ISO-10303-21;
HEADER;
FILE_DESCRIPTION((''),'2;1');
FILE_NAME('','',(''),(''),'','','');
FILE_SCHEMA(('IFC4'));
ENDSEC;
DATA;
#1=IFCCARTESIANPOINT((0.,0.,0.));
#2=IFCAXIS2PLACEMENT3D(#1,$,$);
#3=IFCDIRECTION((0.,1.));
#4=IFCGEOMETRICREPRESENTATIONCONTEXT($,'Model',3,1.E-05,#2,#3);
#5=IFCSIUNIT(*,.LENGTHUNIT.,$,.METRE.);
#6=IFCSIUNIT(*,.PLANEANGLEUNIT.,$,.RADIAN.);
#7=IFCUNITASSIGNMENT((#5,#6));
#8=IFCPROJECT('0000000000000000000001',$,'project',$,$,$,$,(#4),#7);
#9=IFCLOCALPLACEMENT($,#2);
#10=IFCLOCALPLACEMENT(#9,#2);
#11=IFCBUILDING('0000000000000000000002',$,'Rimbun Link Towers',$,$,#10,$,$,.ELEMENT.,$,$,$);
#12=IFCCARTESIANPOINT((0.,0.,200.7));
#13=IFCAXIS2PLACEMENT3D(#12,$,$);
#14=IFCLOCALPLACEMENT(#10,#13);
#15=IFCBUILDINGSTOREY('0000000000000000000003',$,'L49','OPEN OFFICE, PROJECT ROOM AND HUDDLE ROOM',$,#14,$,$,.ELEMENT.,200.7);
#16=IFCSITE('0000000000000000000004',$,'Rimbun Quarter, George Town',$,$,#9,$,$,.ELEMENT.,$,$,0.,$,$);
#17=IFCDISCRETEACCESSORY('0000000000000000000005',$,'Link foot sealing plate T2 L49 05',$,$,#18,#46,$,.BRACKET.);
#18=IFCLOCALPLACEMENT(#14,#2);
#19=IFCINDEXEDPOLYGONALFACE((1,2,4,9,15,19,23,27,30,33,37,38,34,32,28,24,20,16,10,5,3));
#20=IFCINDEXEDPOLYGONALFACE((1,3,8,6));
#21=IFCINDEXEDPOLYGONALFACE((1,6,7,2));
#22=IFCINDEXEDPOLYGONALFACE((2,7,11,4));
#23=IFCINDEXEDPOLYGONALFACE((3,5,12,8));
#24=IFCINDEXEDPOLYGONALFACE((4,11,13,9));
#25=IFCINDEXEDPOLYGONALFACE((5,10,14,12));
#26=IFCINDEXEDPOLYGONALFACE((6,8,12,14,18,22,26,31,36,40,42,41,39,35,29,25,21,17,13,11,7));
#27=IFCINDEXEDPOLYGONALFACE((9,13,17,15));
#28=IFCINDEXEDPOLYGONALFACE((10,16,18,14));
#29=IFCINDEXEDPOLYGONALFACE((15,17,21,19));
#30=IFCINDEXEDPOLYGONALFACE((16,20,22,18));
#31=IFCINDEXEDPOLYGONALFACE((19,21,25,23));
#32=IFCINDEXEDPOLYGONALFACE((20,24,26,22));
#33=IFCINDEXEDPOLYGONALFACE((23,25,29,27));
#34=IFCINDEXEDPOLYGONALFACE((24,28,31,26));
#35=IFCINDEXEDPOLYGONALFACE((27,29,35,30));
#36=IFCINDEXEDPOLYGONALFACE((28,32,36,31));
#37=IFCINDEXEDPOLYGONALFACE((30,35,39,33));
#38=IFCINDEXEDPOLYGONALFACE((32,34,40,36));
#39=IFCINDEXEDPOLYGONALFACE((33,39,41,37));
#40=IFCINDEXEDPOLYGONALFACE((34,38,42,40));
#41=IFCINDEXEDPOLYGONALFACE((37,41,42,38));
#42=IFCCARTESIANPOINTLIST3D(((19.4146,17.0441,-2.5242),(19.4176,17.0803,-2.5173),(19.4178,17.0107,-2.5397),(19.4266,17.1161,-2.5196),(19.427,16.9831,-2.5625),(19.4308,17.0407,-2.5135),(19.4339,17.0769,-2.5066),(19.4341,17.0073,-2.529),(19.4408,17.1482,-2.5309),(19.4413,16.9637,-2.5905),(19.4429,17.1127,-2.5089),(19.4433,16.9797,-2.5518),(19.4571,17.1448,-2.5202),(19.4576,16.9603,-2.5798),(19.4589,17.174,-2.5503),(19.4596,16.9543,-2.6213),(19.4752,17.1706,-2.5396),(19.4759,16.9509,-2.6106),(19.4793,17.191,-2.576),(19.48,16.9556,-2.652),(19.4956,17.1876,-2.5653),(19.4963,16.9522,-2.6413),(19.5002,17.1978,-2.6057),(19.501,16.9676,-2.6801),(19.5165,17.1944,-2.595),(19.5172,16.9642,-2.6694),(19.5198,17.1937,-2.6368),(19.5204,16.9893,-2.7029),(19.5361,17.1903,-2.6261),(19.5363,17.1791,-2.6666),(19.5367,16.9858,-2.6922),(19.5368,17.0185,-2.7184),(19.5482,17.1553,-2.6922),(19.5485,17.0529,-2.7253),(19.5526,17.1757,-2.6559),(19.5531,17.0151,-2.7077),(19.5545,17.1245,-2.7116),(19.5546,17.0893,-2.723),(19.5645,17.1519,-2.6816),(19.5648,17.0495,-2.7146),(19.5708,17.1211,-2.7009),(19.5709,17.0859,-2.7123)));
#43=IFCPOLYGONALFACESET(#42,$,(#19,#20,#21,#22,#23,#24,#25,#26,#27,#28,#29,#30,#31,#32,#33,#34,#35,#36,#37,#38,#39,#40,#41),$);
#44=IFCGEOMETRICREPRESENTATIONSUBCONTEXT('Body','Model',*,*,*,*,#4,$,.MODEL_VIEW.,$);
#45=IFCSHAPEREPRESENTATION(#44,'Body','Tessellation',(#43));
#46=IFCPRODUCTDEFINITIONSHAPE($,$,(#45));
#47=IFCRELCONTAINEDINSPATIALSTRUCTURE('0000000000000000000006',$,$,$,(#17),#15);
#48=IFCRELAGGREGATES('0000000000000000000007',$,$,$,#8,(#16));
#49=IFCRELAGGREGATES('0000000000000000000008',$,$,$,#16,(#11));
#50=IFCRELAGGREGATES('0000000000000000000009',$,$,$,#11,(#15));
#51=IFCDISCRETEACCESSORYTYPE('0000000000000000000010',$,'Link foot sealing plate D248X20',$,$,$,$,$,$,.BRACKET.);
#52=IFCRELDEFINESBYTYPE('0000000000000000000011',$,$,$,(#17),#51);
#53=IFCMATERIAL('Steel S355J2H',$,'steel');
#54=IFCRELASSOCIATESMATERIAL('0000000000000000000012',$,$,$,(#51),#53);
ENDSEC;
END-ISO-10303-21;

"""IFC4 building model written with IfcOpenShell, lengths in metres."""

from ifc_helpers import new_model, si_unit, direction, frame, origin, origin_2d, place, context, subcontext, project, spatial, circle, extrude, material, material_profile, profile_set, type_object, element, save


model = new_model("IFC4")

# Units and contexts
model_context = context("Model", 3, precision=1e-05, world=origin(), true_north=direction((0.0, 1.0)))
body_context = subcontext(model_context, "Body", "Model", "MODEL_VIEW")
ifc_project = project(units=[si_unit("LENGTHUNIT", "METRE"), si_unit("PLANEANGLEUNIT", "RADIAN")], contexts=[model_context])

# Site, building, storey
site_placement = place(None, origin())
site = spatial("IfcSite", under=ifc_project, at=site_placement, Name="Rimbun Quarter, George Town", CompositionType="ELEMENT", RefElevation=0.0)
building_placement = place(site_placement, origin())
building = spatial("IfcBuilding", under=site, at=building_placement, Name="Rimbun Link Towers", CompositionType="ELEMENT")
storey_placement = place(building_placement, frame((0.0, 0.0, 200.7)))
storey = spatial("IfcBuildingStorey", under=building, at=storey_placement, Name="L49", Description="OPEN OFFICE, PROJECT ROOM AND HUDDLE ROOM", CompositionType="ELEMENT", Elevation=200.7)

# Discrete accessory
ifc_material_1 = material(Name="Steel S355J2H", Category="steel")
ifc_material_profile_1 = material_profile(ifc_material_1, circle(Radius=0.124, at=origin_2d()), Name="PL D248")
ifc_profile_set_1 = profile_set([ifc_material_profile_1], Name="Steel S355J2H")
discrete_accessory_type = type_object("IfcDiscreteAccessoryType", Name="Link foot sealing plate D248X20", PredefinedType="BRACKET", material=ifc_profile_set_1)
discrete_accessory_placement = place(storey_placement, frame((19.5012, 17.0723, -2.6106), z_axis=(-0.823404, 0.172055, -0.540743), x_axis=(-0.204538, -0.978859, 0.0)))
element("IfcDiscreteAccessory", 1, at=discrete_accessory_placement, inside=storey, type_object=discrete_accessory_type, Name="Link foot sealing plate T2 L49 05", PredefinedType="BRACKET", context=body_context, shape_type="SweptSolid", body=[
    extrude(circle(Radius=0.124, at=origin_2d()), origin(), (0.0, 0.0, 1.0), 0.0198),
])

save(model, "model.ifc")
